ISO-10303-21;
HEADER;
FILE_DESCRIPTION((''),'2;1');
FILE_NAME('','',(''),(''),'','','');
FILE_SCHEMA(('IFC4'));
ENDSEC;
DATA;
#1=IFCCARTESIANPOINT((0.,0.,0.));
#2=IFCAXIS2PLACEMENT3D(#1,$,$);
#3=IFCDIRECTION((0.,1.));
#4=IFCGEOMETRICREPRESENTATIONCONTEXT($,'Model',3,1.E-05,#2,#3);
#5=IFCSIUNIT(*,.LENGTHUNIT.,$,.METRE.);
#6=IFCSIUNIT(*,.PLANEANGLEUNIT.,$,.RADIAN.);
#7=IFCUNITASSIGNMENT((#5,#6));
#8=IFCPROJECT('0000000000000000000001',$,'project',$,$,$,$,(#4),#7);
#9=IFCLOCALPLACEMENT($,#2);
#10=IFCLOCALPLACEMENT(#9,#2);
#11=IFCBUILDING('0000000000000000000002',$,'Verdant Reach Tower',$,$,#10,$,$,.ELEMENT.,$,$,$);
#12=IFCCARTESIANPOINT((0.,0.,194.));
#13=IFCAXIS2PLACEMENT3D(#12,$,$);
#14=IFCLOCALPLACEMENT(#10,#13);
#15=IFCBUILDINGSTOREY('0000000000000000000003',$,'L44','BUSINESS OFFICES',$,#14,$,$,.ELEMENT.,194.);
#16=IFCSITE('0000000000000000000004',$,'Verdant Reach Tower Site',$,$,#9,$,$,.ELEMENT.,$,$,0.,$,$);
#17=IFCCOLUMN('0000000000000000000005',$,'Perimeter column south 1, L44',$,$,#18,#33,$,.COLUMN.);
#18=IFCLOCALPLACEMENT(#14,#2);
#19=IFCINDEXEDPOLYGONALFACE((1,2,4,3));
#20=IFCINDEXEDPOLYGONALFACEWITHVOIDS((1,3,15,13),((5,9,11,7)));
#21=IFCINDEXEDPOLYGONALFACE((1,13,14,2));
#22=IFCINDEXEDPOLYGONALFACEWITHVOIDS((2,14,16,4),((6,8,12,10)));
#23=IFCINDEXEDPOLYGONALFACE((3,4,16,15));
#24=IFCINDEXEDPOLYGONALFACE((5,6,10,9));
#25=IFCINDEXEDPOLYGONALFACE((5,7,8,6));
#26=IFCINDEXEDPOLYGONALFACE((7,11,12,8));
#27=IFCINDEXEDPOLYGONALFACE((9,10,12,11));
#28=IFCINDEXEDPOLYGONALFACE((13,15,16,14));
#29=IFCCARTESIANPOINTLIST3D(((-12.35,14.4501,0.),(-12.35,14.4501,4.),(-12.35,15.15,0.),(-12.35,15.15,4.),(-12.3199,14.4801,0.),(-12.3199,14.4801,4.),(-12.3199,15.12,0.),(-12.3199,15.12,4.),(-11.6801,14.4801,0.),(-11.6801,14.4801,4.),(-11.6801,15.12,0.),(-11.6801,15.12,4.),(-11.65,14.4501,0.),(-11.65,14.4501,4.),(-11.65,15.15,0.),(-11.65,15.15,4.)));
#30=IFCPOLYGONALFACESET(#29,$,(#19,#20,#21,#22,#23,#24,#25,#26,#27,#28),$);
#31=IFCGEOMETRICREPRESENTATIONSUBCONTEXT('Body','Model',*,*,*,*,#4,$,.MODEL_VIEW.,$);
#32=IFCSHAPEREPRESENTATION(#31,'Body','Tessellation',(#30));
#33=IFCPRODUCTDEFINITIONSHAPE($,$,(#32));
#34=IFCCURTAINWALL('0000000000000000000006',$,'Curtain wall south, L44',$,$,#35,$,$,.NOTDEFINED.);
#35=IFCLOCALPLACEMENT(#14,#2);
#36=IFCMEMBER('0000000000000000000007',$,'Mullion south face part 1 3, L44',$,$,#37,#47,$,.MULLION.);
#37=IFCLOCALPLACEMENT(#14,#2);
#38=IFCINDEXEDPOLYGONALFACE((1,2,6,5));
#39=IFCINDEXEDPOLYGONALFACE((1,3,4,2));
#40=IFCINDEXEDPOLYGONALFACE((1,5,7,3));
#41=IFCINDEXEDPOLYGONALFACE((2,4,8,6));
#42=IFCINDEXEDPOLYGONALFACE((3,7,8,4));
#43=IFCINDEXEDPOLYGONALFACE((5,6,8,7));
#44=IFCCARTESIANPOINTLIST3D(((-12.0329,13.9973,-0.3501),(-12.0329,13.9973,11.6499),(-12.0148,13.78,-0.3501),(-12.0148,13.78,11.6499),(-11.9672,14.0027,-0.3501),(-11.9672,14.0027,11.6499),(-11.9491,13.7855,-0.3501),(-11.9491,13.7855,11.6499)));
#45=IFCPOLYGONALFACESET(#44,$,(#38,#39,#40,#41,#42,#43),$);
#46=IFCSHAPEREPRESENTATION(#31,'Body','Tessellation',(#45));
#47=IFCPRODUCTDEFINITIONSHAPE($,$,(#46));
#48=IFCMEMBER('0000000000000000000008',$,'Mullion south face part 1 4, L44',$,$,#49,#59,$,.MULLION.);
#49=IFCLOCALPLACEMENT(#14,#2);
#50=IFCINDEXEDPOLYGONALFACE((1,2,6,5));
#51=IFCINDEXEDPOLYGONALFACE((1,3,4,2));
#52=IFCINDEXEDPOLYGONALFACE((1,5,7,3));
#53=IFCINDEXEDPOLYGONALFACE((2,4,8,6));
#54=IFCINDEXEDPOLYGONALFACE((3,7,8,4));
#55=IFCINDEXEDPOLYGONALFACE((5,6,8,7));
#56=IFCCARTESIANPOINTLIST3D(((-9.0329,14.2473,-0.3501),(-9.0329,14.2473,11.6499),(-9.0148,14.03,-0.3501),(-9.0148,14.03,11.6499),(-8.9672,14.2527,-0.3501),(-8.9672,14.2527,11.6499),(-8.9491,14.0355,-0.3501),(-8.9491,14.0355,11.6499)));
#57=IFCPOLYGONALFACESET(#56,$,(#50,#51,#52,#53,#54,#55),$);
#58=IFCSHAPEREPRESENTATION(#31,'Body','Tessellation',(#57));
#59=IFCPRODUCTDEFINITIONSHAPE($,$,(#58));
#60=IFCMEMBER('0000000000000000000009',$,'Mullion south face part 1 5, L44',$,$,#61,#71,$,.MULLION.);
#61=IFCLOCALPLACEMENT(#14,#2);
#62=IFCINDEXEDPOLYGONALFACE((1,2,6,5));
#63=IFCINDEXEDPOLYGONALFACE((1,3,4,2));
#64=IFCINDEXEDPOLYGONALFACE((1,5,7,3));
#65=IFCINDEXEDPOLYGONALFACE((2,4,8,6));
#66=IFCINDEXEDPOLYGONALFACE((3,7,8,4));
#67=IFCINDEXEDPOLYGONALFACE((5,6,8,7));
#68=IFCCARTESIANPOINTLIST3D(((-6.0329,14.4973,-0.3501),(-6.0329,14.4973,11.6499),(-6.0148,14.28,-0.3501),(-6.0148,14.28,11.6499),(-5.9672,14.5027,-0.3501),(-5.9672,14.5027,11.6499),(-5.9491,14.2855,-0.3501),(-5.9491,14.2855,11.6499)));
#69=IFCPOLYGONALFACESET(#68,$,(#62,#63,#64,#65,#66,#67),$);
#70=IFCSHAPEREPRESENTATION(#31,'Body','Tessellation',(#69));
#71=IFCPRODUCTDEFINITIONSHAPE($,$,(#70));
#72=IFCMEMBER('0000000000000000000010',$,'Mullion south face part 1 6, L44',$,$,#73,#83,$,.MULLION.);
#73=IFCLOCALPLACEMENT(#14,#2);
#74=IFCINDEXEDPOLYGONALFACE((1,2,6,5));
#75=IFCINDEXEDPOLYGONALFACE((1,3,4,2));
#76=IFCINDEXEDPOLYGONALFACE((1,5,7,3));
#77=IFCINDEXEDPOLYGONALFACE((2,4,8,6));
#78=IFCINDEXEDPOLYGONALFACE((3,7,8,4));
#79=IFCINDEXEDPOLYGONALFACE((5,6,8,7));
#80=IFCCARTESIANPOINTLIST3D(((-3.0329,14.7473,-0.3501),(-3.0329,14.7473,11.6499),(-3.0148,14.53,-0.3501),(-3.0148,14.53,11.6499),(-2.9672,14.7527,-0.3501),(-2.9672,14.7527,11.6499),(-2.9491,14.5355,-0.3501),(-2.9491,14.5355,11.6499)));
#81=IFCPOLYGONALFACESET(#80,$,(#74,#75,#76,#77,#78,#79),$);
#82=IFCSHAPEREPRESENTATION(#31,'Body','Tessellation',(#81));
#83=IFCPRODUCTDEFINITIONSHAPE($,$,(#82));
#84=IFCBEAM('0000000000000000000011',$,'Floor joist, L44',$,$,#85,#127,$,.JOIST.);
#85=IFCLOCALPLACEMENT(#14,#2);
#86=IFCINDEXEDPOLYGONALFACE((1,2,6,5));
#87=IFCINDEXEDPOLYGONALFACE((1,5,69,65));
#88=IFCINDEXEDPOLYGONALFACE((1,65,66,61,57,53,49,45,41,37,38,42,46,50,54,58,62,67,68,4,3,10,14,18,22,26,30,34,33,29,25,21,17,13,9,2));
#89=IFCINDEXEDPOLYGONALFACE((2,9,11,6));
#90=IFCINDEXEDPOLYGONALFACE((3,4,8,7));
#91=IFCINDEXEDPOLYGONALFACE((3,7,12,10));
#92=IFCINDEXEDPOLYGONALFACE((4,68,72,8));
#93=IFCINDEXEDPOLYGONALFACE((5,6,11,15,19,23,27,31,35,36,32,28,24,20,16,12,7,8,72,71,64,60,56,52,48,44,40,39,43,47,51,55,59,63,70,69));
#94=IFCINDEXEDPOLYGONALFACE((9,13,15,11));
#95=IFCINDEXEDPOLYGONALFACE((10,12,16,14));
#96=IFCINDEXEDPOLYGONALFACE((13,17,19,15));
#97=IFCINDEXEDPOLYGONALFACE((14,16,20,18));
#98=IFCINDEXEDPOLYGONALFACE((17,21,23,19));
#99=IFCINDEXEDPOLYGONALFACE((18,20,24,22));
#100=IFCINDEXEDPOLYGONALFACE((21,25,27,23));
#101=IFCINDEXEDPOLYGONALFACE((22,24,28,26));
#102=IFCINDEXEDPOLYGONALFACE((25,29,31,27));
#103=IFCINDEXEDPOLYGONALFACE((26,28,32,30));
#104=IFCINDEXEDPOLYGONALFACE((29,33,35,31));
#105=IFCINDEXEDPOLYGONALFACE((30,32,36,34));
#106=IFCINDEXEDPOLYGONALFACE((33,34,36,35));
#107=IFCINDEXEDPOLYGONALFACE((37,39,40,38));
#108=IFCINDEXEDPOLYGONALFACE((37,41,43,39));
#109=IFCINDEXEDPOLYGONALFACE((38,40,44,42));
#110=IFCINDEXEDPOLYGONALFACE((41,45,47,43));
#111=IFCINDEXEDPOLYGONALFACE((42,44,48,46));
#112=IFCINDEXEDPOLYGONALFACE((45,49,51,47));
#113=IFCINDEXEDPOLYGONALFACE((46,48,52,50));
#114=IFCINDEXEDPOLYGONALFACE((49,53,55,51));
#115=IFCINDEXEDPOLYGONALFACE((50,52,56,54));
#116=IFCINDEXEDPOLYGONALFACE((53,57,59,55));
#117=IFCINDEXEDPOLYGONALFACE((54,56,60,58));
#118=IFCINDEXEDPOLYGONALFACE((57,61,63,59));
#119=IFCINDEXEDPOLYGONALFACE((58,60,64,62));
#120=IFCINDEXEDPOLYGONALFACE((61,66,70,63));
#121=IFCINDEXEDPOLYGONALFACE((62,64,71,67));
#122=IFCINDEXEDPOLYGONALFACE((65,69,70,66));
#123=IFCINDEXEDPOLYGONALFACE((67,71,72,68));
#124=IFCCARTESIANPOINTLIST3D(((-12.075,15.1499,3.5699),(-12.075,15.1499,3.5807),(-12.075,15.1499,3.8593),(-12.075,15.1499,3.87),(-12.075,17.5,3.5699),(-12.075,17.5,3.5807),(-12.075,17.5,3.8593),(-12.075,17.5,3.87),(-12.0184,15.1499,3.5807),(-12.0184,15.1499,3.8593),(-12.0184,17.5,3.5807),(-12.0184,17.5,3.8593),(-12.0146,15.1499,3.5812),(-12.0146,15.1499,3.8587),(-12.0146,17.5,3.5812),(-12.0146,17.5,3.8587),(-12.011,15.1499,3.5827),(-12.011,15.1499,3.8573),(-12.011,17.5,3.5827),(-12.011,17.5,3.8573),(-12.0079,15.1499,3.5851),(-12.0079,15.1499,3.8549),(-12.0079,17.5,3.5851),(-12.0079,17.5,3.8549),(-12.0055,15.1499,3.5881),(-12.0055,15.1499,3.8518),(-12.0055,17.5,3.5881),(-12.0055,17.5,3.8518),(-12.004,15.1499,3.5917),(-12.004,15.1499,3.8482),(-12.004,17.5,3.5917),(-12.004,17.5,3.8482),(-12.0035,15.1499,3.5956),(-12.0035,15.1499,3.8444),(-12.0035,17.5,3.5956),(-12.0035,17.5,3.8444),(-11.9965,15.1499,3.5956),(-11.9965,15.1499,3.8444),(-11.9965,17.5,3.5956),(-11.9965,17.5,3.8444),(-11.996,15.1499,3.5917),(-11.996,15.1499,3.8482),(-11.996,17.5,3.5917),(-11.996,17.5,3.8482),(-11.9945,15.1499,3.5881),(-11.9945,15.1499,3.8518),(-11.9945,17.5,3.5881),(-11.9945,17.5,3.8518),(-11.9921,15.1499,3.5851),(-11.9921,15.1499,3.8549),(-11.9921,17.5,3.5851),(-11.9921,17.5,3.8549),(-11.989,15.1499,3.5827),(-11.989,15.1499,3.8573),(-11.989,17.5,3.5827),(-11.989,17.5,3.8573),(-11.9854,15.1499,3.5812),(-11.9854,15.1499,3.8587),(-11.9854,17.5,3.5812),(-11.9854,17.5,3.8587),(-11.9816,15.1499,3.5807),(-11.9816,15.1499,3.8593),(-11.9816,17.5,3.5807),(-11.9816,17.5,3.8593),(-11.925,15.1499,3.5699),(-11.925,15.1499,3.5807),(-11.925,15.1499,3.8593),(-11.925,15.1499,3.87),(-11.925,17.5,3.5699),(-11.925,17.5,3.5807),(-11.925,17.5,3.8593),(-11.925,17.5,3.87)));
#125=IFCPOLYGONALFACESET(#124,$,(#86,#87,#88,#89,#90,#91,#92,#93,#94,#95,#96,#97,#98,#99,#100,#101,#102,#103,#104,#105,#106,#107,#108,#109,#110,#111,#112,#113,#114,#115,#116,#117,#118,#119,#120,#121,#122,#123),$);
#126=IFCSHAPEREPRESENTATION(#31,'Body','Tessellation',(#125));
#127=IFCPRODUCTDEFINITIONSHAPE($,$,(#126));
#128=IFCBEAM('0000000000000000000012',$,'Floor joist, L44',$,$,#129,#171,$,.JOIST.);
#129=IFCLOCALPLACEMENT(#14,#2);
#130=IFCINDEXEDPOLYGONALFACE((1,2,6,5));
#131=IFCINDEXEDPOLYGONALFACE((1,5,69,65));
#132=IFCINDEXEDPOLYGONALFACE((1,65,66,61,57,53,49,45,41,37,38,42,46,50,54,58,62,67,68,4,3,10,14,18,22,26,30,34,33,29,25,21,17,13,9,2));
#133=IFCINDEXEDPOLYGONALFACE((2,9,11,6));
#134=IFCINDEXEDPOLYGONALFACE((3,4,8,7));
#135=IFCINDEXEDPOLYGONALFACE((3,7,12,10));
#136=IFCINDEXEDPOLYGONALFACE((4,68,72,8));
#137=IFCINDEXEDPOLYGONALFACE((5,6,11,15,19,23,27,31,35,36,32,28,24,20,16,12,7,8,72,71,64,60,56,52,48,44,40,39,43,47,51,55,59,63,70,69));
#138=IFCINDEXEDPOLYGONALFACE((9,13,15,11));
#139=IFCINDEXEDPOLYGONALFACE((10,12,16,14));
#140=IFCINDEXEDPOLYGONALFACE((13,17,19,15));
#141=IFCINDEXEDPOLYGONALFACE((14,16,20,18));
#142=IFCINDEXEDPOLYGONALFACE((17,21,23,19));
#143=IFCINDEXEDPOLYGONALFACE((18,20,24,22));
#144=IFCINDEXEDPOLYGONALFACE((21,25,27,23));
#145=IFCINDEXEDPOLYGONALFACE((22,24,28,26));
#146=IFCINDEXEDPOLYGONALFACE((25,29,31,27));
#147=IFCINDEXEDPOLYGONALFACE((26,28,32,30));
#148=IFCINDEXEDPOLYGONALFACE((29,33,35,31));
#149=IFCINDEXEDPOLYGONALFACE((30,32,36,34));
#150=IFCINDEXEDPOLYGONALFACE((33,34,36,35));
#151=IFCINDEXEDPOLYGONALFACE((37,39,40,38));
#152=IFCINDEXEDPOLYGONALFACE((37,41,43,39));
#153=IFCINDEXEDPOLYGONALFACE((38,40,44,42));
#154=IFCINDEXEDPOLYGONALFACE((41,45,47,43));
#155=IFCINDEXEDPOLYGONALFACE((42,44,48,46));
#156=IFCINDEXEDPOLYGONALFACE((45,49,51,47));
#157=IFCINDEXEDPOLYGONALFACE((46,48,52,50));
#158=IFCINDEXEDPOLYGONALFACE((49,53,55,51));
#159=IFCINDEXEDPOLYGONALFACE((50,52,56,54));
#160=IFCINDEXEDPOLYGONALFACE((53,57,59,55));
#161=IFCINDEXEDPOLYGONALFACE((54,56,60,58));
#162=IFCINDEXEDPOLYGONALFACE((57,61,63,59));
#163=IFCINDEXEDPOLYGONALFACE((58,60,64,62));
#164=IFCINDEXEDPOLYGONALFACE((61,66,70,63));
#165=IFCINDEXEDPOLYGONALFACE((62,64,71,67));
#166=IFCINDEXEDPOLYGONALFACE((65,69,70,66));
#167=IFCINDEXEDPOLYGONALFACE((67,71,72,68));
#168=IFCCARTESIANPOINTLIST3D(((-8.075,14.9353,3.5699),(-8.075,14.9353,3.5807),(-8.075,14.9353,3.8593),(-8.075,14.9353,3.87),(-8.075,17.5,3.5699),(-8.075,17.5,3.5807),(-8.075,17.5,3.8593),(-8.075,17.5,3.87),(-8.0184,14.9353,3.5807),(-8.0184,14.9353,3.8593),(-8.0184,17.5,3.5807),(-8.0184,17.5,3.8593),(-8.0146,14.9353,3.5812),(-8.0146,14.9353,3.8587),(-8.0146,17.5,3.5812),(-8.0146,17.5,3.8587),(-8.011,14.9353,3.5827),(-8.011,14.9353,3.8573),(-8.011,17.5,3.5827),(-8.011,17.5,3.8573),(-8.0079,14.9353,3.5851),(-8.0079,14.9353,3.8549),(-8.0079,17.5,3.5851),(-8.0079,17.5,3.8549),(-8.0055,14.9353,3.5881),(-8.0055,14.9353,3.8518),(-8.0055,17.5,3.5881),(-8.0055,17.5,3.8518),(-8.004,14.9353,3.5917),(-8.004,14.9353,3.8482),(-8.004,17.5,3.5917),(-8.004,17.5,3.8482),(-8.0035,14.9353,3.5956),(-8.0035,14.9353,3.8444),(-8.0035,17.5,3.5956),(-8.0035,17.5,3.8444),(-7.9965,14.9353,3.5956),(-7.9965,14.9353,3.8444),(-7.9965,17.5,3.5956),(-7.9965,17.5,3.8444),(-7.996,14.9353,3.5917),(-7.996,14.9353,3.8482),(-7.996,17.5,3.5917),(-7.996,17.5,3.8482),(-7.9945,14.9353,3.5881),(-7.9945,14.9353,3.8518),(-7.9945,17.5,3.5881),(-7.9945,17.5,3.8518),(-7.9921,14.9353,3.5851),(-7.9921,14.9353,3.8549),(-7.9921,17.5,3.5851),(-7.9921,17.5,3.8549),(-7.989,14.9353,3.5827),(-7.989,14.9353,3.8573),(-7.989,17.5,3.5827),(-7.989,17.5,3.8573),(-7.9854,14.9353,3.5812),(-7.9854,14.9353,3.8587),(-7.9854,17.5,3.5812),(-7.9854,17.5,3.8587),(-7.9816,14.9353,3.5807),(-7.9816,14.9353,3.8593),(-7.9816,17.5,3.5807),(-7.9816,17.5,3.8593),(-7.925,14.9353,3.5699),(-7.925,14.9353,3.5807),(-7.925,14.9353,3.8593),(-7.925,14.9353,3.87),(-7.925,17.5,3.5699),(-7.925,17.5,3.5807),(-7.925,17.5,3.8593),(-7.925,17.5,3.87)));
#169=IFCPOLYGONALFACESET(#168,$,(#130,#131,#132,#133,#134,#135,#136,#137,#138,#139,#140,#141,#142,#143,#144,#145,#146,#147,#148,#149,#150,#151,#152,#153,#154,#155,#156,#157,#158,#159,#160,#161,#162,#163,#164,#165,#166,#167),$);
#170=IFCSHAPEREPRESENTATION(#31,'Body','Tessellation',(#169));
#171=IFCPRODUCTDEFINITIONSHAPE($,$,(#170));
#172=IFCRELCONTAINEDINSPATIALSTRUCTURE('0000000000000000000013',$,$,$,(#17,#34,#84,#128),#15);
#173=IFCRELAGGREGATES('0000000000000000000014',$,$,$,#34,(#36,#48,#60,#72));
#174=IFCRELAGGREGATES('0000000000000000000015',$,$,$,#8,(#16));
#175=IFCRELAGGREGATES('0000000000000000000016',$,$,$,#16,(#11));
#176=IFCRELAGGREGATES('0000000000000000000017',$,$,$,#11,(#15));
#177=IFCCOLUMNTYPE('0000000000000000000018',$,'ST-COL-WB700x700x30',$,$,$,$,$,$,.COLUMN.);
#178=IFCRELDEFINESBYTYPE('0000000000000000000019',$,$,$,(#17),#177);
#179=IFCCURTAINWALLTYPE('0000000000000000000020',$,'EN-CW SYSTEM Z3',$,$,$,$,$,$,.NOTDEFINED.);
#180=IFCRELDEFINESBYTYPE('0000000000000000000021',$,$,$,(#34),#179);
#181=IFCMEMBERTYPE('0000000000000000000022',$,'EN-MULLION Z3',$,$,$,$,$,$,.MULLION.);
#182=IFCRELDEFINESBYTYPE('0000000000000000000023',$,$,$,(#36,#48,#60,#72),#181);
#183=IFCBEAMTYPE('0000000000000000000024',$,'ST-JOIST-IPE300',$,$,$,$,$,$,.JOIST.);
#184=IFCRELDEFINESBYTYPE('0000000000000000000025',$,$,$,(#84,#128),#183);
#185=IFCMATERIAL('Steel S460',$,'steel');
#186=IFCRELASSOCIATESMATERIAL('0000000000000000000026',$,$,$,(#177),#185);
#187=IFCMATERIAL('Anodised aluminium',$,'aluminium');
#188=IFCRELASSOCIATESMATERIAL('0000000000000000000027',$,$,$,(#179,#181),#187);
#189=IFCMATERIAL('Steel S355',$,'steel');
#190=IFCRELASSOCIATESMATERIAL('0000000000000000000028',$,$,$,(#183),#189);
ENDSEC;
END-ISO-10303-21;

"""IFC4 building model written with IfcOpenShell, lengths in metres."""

from ifc_helpers import new_model, si_unit, direction, frame, origin, origin_2d, place, context, subcontext, project, spatial, rectangle, hollow_rectangle, i_section, extrude, material, material_profile, profile_set, type_object, element, aggregate, save


model = new_model("IFC4")

# Units and contexts
model_context = context("Model", 3, precision=1e-05, world=origin(), true_north=direction((0.0, 1.0)))
body_context = subcontext(model_context, "Body", "Model", "MODEL_VIEW")
ifc_project = project(units=[si_unit("LENGTHUNIT", "METRE"), si_unit("PLANEANGLEUNIT", "RADIAN")], contexts=[model_context])

# Site, building, storey
site_placement = place(None, origin())
site = spatial("IfcSite", under=ifc_project, at=site_placement, Name="Verdant Reach Tower Site", CompositionType="ELEMENT", RefElevation=0.0)
building_placement = place(site_placement, origin())
building = spatial("IfcBuilding", under=site, at=building_placement, Name="Verdant Reach Tower", CompositionType="ELEMENT")
storey_placement = place(building_placement, frame((0.0, 0.0, 194.0)))
storey = spatial("IfcBuildingStorey", under=building, at=storey_placement, Name="L44", Description="BUSINESS OFFICES", CompositionType="ELEMENT", Elevation=194.0)

# Column
ifc_material_1 = material(Name="Steel S460", Category="steel")
ifc_material_profile_1 = material_profile(ifc_material_1, hollow_rectangle(XDim=0.7, YDim=0.7, WallThickness=0.03, at=origin_2d()), Name="WB 700x700x30")
ifc_profile_set_1 = profile_set([ifc_material_profile_1], Name="Steel S460")
column_type = type_object("IfcColumnType", Name="ST-COL-WB700x700x30", PredefinedType="COLUMN", material=ifc_profile_set_1)
column_placement = place(storey_placement, frame((-12.0, 14.8, 0.0), z_axis=(0.0, 0.0, 1.0), x_axis=(1.0, 0.0, 0.0)))
element("IfcColumn", 1, at=column_placement, inside=storey, type_object=column_type, Name="Perimeter column south 1, L44", PredefinedType="COLUMN", context=body_context, shape_type="SweptSolid", body=[
    extrude(hollow_rectangle(XDim=0.7, YDim=0.7, WallThickness=0.03, at=origin_2d()), origin(), (0.0, 0.0, 1.0), 4.0),
])

# Curtain wall, members
ifc_material_2 = material(Name="Anodised aluminium", Category="aluminium")
curtain_wall_type = type_object("IfcCurtainWallType", Name="EN-CW SYSTEM Z3", PredefinedType="NOTDEFINED", material=ifc_material_2)
curtain_wall_placement = place(storey_placement, origin())
curtain_wall = element("IfcCurtainWall", 2, at=curtain_wall_placement, inside=storey, type_object=curtain_wall_type, Name="Curtain wall south, L44", PredefinedType="NOTDEFINED")
ifc_material_profile_2 = material_profile(ifc_material_2, rectangle(XDim=0.218, YDim=0.0659, at=origin_2d()), Name="Mullion 66x218")
ifc_profile_set_2 = profile_set([ifc_material_profile_2], Name="Anodised aluminium")
member_type = type_object("IfcMemberType", Name="EN-MULLION Z3", PredefinedType="MULLION", material=ifc_profile_set_2)
member_1_placement = place(storey_placement, frame((-11.991, 13.8914, -0.3501), z_axis=(0.0, 0.0, 1.0), x_axis=(0.083045, -0.996546, 0.0)))
member_1 = element("IfcMember", 3, at=member_1_placement, type_object=member_type, Name="Mullion south face part 1 3, L44", PredefinedType="MULLION", context=body_context, shape_type="SweptSolid", body=[
    extrude(rectangle(XDim=0.218, YDim=0.0659, at=origin_2d()), origin(), (0.0, 0.0, 1.0), 12.0),
])
member_2_placement = place(storey_placement, frame((-8.991, 14.1414, -0.3501), z_axis=(0.0, 0.0, 1.0), x_axis=(0.083045, -0.996546, 0.0)))
member_2 = element("IfcMember", 4, at=member_2_placement, type_object=member_type, Name="Mullion south face part 1 4, L44", PredefinedType="MULLION", context=body_context, shape_type="SweptSolid", body=[
    extrude(rectangle(XDim=0.218, YDim=0.0659, at=origin_2d()), origin(), (0.0, 0.0, 1.0), 12.0),
])
member_3_placement = place(storey_placement, frame((-5.991, 14.3914, -0.3501), z_axis=(0.0, 0.0, 1.0), x_axis=(0.083045, -0.996546, 0.0)))
member_3 = element("IfcMember", 5, at=member_3_placement, type_object=member_type, Name="Mullion south face part 1 5, L44", PredefinedType="MULLION", context=body_context, shape_type="SweptSolid", body=[
    extrude(rectangle(XDim=0.218, YDim=0.0659, at=origin_2d()), origin(), (0.0, 0.0, 1.0), 12.0),
])
member_4_placement = place(storey_placement, frame((-2.991, 14.6414, -0.3501), z_axis=(0.0, 0.0, 1.0), x_axis=(0.083045, -0.996546, 0.0)))
member_4 = element("IfcMember", 6, at=member_4_placement, type_object=member_type, Name="Mullion south face part 1 6, L44", PredefinedType="MULLION", context=body_context, shape_type="SweptSolid", body=[
    extrude(rectangle(XDim=0.218, YDim=0.0659, at=origin_2d()), origin(), (0.0, 0.0, 1.0), 12.0),
])

# Beams
ifc_material_3 = material(Name="Steel S355", Category="steel")
ifc_material_profile_3 = material_profile(ifc_material_3, i_section(OverallWidth=0.1499, OverallDepth=0.3, WebThickness=0.0071, FlangeThickness=0.0107, FilletRadius=0.0149, at=origin_2d()), Name="IPE 300")
ifc_profile_set_3 = profile_set([ifc_material_profile_3], Name="Steel S355")
beam_type_1 = type_object("IfcBeamType", Name="ST-JOIST-IPE300", PredefinedType="JOIST", material=ifc_profile_set_3)
beam_1_placement = place(storey_placement, frame((-12.0, 17.5, 3.72), z_axis=(0.0, -1.0, 0.0), x_axis=(1.0, 0.0, 0.0)))
element("IfcBeam", 7, at=beam_1_placement, inside=storey, type_object=beam_type_1, Name="Floor joist, L44", PredefinedType="JOIST", context=body_context, shape_type="SweptSolid", body=[
    extrude(i_section(OverallWidth=0.1499, OverallDepth=0.3, WebThickness=0.0071, FlangeThickness=0.0107, FilletRadius=0.0149, at=origin_2d()), origin(), (0.0, 0.0, 1.0), 2.3501),
])
beam_2_placement = place(storey_placement, frame((-8.0, 17.5, 3.72), z_axis=(0.0, -1.0, 0.0), x_axis=(1.0, 0.0, 0.0)))
element("IfcBeam", 8, at=beam_2_placement, inside=storey, type_object=beam_type_1, Name="Floor joist, L44", PredefinedType="JOIST", context=body_context, shape_type="SweptSolid", body=[
    extrude(i_section(OverallWidth=0.1499, OverallDepth=0.3, WebThickness=0.0071, FlangeThickness=0.0107, FilletRadius=0.0149, at=origin_2d()), origin(), (0.0, 0.0, 1.0), 2.5647),
])

aggregate(curtain_wall, [member_1, member_2, member_3, member_4])

save(model, "model.ifc")
